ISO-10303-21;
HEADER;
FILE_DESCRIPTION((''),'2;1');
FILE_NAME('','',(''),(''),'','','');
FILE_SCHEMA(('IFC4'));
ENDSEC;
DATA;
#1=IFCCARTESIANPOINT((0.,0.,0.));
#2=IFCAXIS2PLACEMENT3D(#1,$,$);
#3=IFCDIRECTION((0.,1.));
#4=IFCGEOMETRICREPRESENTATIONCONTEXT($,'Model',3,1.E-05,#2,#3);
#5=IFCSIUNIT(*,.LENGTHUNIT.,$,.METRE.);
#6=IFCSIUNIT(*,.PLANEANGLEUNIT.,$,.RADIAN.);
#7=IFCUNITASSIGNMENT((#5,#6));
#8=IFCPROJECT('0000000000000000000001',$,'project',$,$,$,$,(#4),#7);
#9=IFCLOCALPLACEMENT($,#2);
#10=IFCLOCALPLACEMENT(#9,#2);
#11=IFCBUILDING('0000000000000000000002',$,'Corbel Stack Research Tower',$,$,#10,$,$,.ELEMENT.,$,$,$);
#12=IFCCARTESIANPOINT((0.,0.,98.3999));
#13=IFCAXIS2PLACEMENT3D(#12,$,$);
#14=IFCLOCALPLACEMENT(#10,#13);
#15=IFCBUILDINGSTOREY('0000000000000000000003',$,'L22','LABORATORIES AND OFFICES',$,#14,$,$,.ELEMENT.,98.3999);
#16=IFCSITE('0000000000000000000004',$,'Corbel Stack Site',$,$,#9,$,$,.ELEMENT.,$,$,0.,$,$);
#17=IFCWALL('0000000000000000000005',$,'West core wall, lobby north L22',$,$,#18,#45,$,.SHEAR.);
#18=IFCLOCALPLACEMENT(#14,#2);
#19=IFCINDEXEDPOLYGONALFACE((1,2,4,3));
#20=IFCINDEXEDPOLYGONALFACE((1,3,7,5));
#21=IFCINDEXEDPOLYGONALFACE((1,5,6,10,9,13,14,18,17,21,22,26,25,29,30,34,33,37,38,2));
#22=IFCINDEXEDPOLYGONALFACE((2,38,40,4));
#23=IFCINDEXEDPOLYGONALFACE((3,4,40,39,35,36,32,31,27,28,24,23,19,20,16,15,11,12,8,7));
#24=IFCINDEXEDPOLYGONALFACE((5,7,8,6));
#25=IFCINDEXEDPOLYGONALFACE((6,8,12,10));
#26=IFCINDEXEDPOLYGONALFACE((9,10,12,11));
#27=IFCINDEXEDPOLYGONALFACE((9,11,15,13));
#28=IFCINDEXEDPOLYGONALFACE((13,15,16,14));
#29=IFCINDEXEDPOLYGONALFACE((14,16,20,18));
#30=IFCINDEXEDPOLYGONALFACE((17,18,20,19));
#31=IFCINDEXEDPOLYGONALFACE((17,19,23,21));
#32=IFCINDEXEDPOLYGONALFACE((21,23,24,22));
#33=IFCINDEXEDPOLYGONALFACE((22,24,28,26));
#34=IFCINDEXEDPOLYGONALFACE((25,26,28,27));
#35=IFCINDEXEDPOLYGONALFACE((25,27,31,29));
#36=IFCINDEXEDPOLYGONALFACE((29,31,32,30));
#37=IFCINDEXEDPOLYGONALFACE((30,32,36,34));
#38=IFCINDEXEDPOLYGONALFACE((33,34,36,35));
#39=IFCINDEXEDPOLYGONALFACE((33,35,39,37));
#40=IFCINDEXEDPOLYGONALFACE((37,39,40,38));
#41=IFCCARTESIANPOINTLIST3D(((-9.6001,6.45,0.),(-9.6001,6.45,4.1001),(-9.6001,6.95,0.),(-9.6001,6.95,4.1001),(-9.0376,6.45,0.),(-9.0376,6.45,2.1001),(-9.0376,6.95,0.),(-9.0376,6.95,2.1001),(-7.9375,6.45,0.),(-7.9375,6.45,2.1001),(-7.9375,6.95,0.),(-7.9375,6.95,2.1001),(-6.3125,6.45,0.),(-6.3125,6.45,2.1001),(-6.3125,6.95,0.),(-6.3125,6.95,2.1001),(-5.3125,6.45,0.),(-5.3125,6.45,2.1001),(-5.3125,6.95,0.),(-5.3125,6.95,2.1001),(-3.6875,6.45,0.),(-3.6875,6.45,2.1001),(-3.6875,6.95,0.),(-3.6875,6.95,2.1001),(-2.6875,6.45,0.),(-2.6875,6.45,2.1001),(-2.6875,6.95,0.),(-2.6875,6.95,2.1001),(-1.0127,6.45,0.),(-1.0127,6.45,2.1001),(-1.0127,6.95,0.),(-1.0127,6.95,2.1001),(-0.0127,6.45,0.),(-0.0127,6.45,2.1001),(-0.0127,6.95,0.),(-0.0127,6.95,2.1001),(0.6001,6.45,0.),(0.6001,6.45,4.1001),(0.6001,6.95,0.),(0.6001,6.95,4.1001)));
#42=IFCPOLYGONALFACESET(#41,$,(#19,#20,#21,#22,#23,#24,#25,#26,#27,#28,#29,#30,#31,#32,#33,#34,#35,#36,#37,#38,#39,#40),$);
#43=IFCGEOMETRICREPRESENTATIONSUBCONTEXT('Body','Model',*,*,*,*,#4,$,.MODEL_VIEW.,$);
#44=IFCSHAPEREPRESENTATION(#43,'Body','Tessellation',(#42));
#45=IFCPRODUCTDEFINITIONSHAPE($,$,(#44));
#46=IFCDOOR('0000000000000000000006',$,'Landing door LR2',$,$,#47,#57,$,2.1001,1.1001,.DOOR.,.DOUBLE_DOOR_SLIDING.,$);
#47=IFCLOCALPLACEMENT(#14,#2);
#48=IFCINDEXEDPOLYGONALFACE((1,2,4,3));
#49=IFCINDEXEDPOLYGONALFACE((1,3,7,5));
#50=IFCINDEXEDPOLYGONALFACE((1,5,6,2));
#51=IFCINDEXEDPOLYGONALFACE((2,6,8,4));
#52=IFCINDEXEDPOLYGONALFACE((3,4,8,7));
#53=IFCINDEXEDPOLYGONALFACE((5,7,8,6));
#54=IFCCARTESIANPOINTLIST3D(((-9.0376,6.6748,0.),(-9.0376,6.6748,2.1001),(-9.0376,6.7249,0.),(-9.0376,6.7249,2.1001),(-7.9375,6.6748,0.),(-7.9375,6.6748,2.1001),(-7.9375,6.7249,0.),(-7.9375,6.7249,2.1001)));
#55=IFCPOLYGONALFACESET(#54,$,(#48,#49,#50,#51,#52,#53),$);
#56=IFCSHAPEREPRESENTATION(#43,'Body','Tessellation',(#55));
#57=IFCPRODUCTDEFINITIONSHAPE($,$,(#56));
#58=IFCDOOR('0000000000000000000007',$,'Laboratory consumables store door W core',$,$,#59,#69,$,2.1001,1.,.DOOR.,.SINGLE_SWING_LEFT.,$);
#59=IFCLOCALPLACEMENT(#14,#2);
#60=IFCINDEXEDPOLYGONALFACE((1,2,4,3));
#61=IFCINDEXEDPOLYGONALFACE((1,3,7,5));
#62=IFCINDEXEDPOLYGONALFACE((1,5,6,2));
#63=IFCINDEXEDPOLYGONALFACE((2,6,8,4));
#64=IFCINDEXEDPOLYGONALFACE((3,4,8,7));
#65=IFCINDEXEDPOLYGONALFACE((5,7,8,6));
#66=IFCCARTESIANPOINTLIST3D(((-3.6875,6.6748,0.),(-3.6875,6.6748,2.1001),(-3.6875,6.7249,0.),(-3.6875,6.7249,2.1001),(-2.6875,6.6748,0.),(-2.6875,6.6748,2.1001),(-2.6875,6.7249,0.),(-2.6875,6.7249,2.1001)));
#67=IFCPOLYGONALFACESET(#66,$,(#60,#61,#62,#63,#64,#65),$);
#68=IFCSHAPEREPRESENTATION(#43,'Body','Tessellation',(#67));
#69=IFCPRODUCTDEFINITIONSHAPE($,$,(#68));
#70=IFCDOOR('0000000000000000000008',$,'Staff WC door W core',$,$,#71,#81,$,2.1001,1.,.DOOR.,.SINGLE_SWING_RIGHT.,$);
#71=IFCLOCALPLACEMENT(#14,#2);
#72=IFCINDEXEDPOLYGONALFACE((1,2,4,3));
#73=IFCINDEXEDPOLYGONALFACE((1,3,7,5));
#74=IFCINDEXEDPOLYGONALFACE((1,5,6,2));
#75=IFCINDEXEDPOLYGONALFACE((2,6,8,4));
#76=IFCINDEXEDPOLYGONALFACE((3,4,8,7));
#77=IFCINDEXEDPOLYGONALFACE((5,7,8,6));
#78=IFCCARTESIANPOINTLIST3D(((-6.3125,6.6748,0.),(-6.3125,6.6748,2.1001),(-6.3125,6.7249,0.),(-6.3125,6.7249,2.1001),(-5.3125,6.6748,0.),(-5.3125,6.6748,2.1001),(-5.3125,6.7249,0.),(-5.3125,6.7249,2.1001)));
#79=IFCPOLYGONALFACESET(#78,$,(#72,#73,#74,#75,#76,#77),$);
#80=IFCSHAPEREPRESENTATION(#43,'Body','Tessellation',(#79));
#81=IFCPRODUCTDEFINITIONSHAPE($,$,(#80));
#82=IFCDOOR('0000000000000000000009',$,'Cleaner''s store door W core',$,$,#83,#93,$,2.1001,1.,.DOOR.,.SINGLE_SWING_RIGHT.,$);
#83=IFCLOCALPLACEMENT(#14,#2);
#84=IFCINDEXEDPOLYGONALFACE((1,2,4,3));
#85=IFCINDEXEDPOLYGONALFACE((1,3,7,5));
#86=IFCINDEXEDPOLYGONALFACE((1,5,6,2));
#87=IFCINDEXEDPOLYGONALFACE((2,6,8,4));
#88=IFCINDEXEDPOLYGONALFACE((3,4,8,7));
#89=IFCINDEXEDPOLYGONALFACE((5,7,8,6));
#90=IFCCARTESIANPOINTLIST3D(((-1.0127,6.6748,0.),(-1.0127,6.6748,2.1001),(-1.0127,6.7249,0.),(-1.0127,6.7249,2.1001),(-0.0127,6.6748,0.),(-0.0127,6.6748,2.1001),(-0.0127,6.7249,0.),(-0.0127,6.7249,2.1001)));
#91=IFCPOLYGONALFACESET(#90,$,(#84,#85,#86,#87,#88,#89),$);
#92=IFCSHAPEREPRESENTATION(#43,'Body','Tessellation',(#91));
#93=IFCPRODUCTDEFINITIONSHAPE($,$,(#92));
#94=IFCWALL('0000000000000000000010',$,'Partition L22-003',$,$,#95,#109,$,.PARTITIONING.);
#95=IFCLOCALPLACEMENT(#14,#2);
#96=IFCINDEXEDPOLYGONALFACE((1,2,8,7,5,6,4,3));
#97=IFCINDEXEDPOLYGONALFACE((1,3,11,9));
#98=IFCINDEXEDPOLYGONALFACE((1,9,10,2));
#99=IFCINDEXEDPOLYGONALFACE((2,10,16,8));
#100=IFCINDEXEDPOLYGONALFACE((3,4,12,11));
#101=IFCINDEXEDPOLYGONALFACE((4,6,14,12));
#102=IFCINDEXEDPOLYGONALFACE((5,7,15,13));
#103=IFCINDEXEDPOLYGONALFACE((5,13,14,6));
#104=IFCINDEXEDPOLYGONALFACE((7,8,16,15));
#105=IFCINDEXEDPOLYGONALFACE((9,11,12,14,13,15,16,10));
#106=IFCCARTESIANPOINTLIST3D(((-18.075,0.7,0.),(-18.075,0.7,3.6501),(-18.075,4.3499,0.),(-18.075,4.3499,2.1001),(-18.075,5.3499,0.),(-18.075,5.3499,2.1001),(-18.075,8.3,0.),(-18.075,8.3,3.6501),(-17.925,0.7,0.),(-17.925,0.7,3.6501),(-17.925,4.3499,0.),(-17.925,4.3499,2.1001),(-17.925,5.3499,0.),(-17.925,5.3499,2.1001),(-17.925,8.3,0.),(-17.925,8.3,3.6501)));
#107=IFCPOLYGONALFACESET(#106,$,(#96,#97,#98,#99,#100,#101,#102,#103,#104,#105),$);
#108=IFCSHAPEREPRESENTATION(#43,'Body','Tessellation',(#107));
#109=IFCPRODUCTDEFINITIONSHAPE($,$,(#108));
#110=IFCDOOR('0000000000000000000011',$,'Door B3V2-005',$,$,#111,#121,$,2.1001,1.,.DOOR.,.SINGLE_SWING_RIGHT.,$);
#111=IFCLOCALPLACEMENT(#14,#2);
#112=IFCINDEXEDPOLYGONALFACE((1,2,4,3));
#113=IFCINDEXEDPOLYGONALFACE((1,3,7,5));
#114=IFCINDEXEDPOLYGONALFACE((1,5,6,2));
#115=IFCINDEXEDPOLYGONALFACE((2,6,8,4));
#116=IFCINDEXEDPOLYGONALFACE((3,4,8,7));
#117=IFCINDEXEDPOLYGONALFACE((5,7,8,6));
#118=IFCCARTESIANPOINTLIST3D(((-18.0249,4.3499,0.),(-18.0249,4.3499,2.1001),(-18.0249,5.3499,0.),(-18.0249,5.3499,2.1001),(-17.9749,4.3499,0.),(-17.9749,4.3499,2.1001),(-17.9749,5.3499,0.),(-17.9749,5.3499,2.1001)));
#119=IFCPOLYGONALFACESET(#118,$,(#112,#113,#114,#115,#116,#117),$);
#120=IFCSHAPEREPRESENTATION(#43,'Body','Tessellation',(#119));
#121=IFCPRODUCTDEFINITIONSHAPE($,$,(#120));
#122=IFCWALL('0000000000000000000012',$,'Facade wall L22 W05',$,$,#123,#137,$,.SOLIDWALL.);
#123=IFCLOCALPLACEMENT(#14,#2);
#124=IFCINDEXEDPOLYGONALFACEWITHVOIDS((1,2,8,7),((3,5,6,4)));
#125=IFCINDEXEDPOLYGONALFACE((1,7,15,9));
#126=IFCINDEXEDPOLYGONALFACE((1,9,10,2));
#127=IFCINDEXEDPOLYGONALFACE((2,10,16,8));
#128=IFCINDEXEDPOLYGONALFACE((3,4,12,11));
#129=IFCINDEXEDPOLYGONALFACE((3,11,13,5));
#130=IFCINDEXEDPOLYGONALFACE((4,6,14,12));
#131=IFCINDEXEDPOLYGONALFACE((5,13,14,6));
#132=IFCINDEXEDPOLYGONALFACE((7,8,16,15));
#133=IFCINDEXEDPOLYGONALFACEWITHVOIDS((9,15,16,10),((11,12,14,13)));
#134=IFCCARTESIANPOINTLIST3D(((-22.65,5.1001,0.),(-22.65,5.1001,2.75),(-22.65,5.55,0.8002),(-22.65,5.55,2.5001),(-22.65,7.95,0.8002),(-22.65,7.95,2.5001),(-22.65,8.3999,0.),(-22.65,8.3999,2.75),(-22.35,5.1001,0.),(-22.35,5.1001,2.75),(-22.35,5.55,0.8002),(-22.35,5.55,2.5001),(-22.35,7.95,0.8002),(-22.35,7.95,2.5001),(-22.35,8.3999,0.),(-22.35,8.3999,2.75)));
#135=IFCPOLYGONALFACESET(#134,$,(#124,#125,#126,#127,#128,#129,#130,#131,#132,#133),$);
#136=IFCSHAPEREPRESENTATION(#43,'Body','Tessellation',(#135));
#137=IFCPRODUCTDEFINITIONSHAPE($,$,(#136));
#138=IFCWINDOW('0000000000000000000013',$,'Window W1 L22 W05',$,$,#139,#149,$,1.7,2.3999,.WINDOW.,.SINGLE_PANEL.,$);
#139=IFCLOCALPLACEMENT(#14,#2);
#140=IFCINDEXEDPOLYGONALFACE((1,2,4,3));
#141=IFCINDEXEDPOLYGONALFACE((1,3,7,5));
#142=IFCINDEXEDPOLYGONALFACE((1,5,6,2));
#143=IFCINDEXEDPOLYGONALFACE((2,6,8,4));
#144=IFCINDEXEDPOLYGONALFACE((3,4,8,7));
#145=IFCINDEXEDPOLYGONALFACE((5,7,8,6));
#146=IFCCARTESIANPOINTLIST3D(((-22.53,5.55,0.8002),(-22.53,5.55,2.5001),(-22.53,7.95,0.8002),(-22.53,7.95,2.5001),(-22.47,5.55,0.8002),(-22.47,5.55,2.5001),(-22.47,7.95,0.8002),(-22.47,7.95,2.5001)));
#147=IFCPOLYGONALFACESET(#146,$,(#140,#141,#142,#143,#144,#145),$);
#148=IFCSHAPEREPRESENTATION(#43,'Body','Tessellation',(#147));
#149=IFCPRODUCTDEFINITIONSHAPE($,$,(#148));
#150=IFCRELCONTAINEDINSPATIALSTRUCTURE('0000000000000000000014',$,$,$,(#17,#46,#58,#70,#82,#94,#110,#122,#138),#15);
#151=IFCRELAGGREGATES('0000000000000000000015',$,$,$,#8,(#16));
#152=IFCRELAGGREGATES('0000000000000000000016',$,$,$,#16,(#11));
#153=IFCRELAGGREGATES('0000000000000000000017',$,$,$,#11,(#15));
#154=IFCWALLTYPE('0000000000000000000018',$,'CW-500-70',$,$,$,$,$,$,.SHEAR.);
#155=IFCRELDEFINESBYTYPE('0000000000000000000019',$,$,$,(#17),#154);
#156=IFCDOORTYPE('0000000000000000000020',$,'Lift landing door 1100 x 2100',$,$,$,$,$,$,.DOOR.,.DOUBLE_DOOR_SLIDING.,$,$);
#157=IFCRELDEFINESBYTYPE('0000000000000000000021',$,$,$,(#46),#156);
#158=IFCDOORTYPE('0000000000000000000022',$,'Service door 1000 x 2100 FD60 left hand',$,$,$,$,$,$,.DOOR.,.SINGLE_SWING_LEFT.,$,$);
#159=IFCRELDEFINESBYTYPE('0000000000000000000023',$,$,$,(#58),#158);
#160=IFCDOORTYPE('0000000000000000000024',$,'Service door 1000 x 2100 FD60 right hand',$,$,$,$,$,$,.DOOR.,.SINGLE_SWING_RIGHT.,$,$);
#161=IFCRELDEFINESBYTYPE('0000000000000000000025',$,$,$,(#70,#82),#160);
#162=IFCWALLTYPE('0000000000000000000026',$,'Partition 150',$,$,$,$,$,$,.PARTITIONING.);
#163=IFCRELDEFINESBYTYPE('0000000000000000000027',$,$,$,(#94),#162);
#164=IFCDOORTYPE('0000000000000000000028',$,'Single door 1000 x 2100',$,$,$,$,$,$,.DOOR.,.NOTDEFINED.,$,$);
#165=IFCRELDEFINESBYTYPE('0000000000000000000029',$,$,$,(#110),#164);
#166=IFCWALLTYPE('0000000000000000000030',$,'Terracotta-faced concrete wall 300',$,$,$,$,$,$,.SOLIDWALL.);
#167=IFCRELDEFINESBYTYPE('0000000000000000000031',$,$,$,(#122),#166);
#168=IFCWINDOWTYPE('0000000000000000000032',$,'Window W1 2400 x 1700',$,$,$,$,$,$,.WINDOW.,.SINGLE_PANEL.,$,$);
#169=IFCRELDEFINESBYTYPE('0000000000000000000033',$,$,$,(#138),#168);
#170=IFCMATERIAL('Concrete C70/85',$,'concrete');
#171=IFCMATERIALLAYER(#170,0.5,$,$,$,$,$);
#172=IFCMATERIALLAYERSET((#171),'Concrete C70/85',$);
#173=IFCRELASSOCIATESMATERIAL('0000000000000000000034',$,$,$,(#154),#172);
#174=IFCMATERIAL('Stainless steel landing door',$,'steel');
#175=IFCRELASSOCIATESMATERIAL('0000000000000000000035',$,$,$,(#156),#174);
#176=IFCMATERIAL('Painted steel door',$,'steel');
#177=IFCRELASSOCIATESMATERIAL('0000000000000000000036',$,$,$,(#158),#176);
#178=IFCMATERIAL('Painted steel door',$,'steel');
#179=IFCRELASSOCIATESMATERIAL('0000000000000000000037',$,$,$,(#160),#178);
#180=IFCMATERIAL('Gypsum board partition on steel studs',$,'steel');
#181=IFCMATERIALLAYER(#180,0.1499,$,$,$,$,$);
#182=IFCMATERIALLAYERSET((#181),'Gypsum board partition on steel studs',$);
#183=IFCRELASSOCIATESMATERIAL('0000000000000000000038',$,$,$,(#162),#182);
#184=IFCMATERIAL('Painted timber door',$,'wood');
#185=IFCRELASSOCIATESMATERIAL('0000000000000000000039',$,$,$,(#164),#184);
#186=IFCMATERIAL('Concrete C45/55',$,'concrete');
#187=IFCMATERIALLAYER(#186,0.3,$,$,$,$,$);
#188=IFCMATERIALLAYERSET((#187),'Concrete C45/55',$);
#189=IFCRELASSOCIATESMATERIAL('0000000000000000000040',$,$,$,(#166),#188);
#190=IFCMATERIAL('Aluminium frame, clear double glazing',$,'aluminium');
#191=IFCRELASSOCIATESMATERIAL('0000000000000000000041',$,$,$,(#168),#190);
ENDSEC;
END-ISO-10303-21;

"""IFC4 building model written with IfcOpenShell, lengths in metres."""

from ifc_helpers import new_model, si_unit, direction, frame, frame_2d, origin, place, context, subcontext, project, spatial, rectangle, extrude, material, layer, layer_set, type_object, element, fill, save


model = new_model("IFC4")

# Units and contexts
model_context = context("Model", 3, precision=1e-05, world=origin(), true_north=direction((0.0, 1.0)))
body_context = subcontext(model_context, "Body", "Model", "MODEL_VIEW")
ifc_project = project(units=[si_unit("LENGTHUNIT", "METRE"), si_unit("PLANEANGLEUNIT", "RADIAN")], contexts=[model_context])

# Site, building, storey
site_placement = place(None, origin())
site = spatial("IfcSite", under=ifc_project, at=site_placement, Name="Corbel Stack Site", CompositionType="ELEMENT", RefElevation=0.0)
building_placement = place(site_placement, origin())
building = spatial("IfcBuilding", under=site, at=building_placement, Name="Corbel Stack Research Tower", CompositionType="ELEMENT")
storey_placement = place(building_placement, frame((0.0, 0.0, 98.3999)))
storey = spatial("IfcBuildingStorey", under=building, at=storey_placement, Name="L22", Description="LABORATORIES AND OFFICES", CompositionType="ELEMENT", Elevation=98.3999)

# Wall, openings, doors
ifc_material_1 = material(Name="Concrete C70/85", Category="concrete")
ifc_layer_1 = layer(ifc_material_1, 0.5)
ifc_layer_set_1 = layer_set([ifc_layer_1], Name="Concrete C70/85")
wall_type_1 = type_object("IfcWallType", Name="CW-500-70", PredefinedType="SHEAR", material=ifc_layer_set_1)
ifc_material_2 = material(Name="Stainless steel landing door", Category="steel")
door_type_1 = type_object("IfcDoorType", Name="Lift landing door 1100 x 2100", OperationType="DOUBLE_DOOR_SLIDING", PredefinedType="DOOR", material=ifc_material_2)
wall_1_placement = place(storey_placement, frame((-9.6001, 6.7, 0.0), z_axis=(0.0, 0.0, 1.0), x_axis=(1.0, 0.0, 0.0)))
wall_1 = element("IfcWall", 1, at=wall_1_placement, inside=storey, type_object=wall_type_1, Name="West core wall, lobby north L22", PredefinedType="SHEAR", context=body_context, shape_type="SweptSolid", body=[
    extrude(rectangle(XDim=10.2002, YDim=0.5, at=frame_2d((5.1001, 0.0))), origin(), (0.0, 0.0, 1.0), 4.1001),
])
opening_1_placement = place(wall_1_placement, frame((0.5625, 0.0, 0.0)))
opening_1 = element("IfcOpeningElement", 2, at=opening_1_placement, cuts=wall_1, PredefinedType="OPENING", context=body_context, shape_type="SweptSolid", body=[
    extrude(rectangle(XDim=1.1001, YDim=2.1001, at=frame_2d((0.55, 1.05))), frame((0.0, 0.26, 0.0), z_axis=(0.0, -1.0, 0.0), x_axis=(1.0, 0.0, 0.0)), (0.0, 0.0, 1.0), 0.52),
])
opening_2_placement = place(wall_1_placement, frame((3.2876, 0.0, 0.0)))
opening_2 = element("IfcOpeningElement", 3, at=opening_2_placement, cuts=wall_1, PredefinedType="OPENING", context=body_context, shape_type="SweptSolid", body=[
    extrude(rectangle(XDim=1.0, YDim=2.1001, at=frame_2d((0.5, 1.05))), frame((0.0, 0.26, 0.0), z_axis=(0.0, -1.0, 0.0), x_axis=(1.0, 0.0, 0.0)), (0.0, 0.0, 1.0), 0.52),
])
opening_3_placement = place(wall_1_placement, frame((5.9126, 0.0, 0.0)))
opening_3 = element("IfcOpeningElement", 4, at=opening_3_placement, cuts=wall_1, PredefinedType="OPENING", context=body_context, shape_type="SweptSolid", body=[
    extrude(rectangle(XDim=1.0, YDim=2.1001, at=frame_2d((0.5, 1.05))), frame((0.0, 0.26, 0.0), z_axis=(0.0, -1.0, 0.0), x_axis=(1.0, 0.0, 0.0)), (0.0, 0.0, 1.0), 0.52),
])
opening_4_placement = place(wall_1_placement, frame((8.5874, 0.0, 0.0)))
opening_4 = element("IfcOpeningElement", 5, at=opening_4_placement, cuts=wall_1, PredefinedType="OPENING", context=body_context, shape_type="SweptSolid", body=[
    extrude(rectangle(XDim=1.0, YDim=2.1001, at=frame_2d((0.5, 1.05))), frame((0.0, 0.26, 0.0), z_axis=(0.0, -1.0, 0.0), x_axis=(1.0, 0.0, 0.0)), (0.0, 0.0, 1.0), 0.52),
])
door_1_placement = place(opening_1_placement, origin())
door_1 = element("IfcDoor", 6, at=door_1_placement, inside=storey, type_object=door_type_1, Name="Landing door LR2", OperationType="DOUBLE_DOOR_SLIDING", OverallHeight=2.1001, OverallWidth=1.1001, PredefinedType="DOOR", context=body_context, shape_type="SweptSolid", body=[
    extrude(rectangle(XDim=1.1001, YDim=2.1001, at=frame_2d((0.55, 1.05))), frame((0.0, 0.0249, 0.0), z_axis=(0.0, -1.0, 0.0), x_axis=(1.0, 0.0, 0.0)), (0.0, 0.0, 1.0), 0.05),
])
fill(opening_1, door_1)
ifc_material_3 = material(Name="Painted steel door", Category="steel")
door_type_2 = type_object("IfcDoorType", Name="Service door 1000 x 2100 FD60 left hand", OperationType="SINGLE_SWING_LEFT", PredefinedType="DOOR", material=ifc_material_3)
door_2_placement = place(opening_3_placement, origin())
door_2 = element("IfcDoor", 7, at=door_2_placement, inside=storey, type_object=door_type_2, Name="Laboratory consumables store door W core", OperationType="SINGLE_SWING_LEFT", OverallHeight=2.1001, OverallWidth=1.0, PredefinedType="DOOR", context=body_context, shape_type="SweptSolid", body=[
    extrude(rectangle(XDim=1.0, YDim=2.1001, at=frame_2d((0.5, 1.05))), frame((0.0, 0.0249, 0.0), z_axis=(0.0, -1.0, 0.0), x_axis=(1.0, 0.0, 0.0)), (0.0, 0.0, 1.0), 0.05),
])
fill(opening_3, door_2)
ifc_material_4 = material(Name="Painted steel door", Category="steel")
door_type_3 = type_object("IfcDoorType", Name="Service door 1000 x 2100 FD60 right hand", OperationType="SINGLE_SWING_RIGHT", PredefinedType="DOOR", material=ifc_material_4)
door_3_placement = place(opening_2_placement, origin())
door_3 = element("IfcDoor", 8, at=door_3_placement, inside=storey, type_object=door_type_3, Name="Staff WC door W core", OperationType="SINGLE_SWING_RIGHT", OverallHeight=2.1001, OverallWidth=1.0, PredefinedType="DOOR", context=body_context, shape_type="SweptSolid", body=[
    extrude(rectangle(XDim=1.0, YDim=2.1001, at=frame_2d((0.5, 1.05))), frame((0.0, 0.0249, 0.0), z_axis=(0.0, -1.0, 0.0), x_axis=(1.0, 0.0, 0.0)), (0.0, 0.0, 1.0), 0.05),
])
fill(opening_2, door_3)
door_4_placement = place(opening_4_placement, origin())
door_4 = element("IfcDoor", 9, at=door_4_placement, inside=storey, type_object=door_type_3, Name="Cleaner's store door W core", OperationType="SINGLE_SWING_RIGHT", OverallHeight=2.1001, OverallWidth=1.0, PredefinedType="DOOR", context=body_context, shape_type="SweptSolid", body=[
    extrude(rectangle(XDim=1.0, YDim=2.1001, at=frame_2d((0.5, 1.05))), frame((0.0, 0.0249, 0.0), z_axis=(0.0, -1.0, 0.0), x_axis=(1.0, 0.0, 0.0)), (0.0, 0.0, 1.0), 0.05),
])
fill(opening_4, door_4)

# Wall, opening, door
ifc_material_5 = material(Name="Gypsum board partition on steel studs", Category="steel")
ifc_layer_2 = layer(ifc_material_5, 0.1499)
ifc_layer_set_2 = layer_set([ifc_layer_2], Name="Gypsum board partition on steel studs")
wall_type_2 = type_object("IfcWallType", Name="Partition 150", PredefinedType="PARTITIONING", material=ifc_layer_set_2)
wall_2_placement = place(storey_placement, frame((-18.0, 0.7, 0.0), z_axis=(0.0, 0.0, 1.0), x_axis=(0.0, 1.0, 0.0)))
wall_2 = element("IfcWall", 10, at=wall_2_placement, inside=storey, type_object=wall_type_2, Name="Partition L22-003", PredefinedType="PARTITIONING", context=body_context, shape_type="SweptSolid", body=[
    extrude(rectangle(XDim=7.6001, YDim=0.1499, at=frame_2d((3.8, 0.0))), origin(), (0.0, 0.0, 1.0), 3.6501),
])
opening_5_placement = place(wall_2_placement, frame((3.6499, 0.0, 0.0)))
opening_5 = element("IfcOpeningElement", 11, at=opening_5_placement, cuts=wall_2, PredefinedType="OPENING", context=body_context, shape_type="SweptSolid", body=[
    extrude(rectangle(XDim=1.0, YDim=2.1001, at=frame_2d((0.5, 1.05))), frame((0.0, 0.085, 0.0), z_axis=(0.0, -1.0, 0.0), x_axis=(1.0, 0.0, 0.0)), (0.0, 0.0, 1.0), 0.1699),
])
ifc_material_6 = material(Name="Painted timber door", Category="wood")
door_type_4 = type_object("IfcDoorType", Name="Single door 1000 x 2100", OperationType="NOTDEFINED", PredefinedType="DOOR", material=ifc_material_6)
door_5_placement = place(opening_5_placement, origin())
door_5 = element("IfcDoor", 12, at=door_5_placement, inside=storey, type_object=door_type_4, Name="Door B3V2-005", OperationType="SINGLE_SWING_RIGHT", OverallHeight=2.1001, OverallWidth=1.0, PredefinedType="DOOR", context=body_context, shape_type="SweptSolid", body=[
    extrude(rectangle(XDim=1.0, YDim=2.1001, at=frame_2d((0.5, 1.05))), frame((0.0, 0.0249, 0.0), z_axis=(0.0, -1.0, 0.0), x_axis=(1.0, 0.0, 0.0)), (0.0, 0.0, 1.0), 0.05),
])
fill(opening_5, door_5)

# Wall, opening, window
ifc_material_7 = material(Name="Concrete C45/55", Category="concrete")
ifc_layer_3 = layer(ifc_material_7, 0.3)
ifc_layer_set_3 = layer_set([ifc_layer_3], Name="Concrete C45/55")
wall_type_3 = type_object("IfcWallType", Name="Terracotta-faced concrete wall 300", PredefinedType="SOLIDWALL", material=ifc_layer_set_3)
wall_3_placement = place(storey_placement, frame((-22.5, 5.1001, 0.0), z_axis=(0.0, 0.0, 1.0), x_axis=(0.0, 1.0, 0.0)))
wall_3 = element("IfcWall", 13, at=wall_3_placement, inside=storey, type_object=wall_type_3, Name="Facade wall L22 W05", PredefinedType="SOLIDWALL", context=body_context, shape_type="SweptSolid", body=[
    extrude(rectangle(XDim=3.2998, YDim=0.3, at=frame_2d((1.6499, 0.0))), origin(), (0.0, 0.0, 1.0), 2.75),
])
opening_6_placement = place(wall_3_placement, frame((0.45, 0.0, 0.8)))
opening_6 = element("IfcOpeningElement", 14, at=opening_6_placement, cuts=wall_3, PredefinedType="OPENING", context=body_context, shape_type="SweptSolid", body=[
    extrude(rectangle(XDim=2.3999, YDim=1.7, at=frame_2d((1.2, 0.8501))), frame((0.0, 0.1599, 0.0), z_axis=(0.0, -1.0, 0.0), x_axis=(1.0, 0.0, 0.0)), (0.0, 0.0, 1.0), 0.3201),
])
ifc_material_8 = material(Name="Aluminium frame, clear double glazing", Category="aluminium")
window_type = type_object("IfcWindowType", Name="Window W1 2400 x 1700", PartitioningType="SINGLE_PANEL", PredefinedType="WINDOW", material=ifc_material_8)
window_1_placement = place(opening_6_placement, origin())
window_1 = element("IfcWindow", 15, at=window_1_placement, inside=storey, type_object=window_type, Name="Window W1 L22 W05", OverallHeight=1.7, OverallWidth=2.3999, PartitioningType="SINGLE_PANEL", PredefinedType="WINDOW", context=body_context, shape_type="SweptSolid", body=[
    extrude(rectangle(XDim=2.3999, YDim=1.7, at=frame_2d((1.2, 0.8501))), frame((0.0, 0.03, 0.0), z_axis=(0.0, -1.0, 0.0), x_axis=(1.0, 0.0, 0.0)), (0.0, 0.0, 1.0), 0.0601),
])
fill(opening_6, window_1)

save(model, "model.ifc")
